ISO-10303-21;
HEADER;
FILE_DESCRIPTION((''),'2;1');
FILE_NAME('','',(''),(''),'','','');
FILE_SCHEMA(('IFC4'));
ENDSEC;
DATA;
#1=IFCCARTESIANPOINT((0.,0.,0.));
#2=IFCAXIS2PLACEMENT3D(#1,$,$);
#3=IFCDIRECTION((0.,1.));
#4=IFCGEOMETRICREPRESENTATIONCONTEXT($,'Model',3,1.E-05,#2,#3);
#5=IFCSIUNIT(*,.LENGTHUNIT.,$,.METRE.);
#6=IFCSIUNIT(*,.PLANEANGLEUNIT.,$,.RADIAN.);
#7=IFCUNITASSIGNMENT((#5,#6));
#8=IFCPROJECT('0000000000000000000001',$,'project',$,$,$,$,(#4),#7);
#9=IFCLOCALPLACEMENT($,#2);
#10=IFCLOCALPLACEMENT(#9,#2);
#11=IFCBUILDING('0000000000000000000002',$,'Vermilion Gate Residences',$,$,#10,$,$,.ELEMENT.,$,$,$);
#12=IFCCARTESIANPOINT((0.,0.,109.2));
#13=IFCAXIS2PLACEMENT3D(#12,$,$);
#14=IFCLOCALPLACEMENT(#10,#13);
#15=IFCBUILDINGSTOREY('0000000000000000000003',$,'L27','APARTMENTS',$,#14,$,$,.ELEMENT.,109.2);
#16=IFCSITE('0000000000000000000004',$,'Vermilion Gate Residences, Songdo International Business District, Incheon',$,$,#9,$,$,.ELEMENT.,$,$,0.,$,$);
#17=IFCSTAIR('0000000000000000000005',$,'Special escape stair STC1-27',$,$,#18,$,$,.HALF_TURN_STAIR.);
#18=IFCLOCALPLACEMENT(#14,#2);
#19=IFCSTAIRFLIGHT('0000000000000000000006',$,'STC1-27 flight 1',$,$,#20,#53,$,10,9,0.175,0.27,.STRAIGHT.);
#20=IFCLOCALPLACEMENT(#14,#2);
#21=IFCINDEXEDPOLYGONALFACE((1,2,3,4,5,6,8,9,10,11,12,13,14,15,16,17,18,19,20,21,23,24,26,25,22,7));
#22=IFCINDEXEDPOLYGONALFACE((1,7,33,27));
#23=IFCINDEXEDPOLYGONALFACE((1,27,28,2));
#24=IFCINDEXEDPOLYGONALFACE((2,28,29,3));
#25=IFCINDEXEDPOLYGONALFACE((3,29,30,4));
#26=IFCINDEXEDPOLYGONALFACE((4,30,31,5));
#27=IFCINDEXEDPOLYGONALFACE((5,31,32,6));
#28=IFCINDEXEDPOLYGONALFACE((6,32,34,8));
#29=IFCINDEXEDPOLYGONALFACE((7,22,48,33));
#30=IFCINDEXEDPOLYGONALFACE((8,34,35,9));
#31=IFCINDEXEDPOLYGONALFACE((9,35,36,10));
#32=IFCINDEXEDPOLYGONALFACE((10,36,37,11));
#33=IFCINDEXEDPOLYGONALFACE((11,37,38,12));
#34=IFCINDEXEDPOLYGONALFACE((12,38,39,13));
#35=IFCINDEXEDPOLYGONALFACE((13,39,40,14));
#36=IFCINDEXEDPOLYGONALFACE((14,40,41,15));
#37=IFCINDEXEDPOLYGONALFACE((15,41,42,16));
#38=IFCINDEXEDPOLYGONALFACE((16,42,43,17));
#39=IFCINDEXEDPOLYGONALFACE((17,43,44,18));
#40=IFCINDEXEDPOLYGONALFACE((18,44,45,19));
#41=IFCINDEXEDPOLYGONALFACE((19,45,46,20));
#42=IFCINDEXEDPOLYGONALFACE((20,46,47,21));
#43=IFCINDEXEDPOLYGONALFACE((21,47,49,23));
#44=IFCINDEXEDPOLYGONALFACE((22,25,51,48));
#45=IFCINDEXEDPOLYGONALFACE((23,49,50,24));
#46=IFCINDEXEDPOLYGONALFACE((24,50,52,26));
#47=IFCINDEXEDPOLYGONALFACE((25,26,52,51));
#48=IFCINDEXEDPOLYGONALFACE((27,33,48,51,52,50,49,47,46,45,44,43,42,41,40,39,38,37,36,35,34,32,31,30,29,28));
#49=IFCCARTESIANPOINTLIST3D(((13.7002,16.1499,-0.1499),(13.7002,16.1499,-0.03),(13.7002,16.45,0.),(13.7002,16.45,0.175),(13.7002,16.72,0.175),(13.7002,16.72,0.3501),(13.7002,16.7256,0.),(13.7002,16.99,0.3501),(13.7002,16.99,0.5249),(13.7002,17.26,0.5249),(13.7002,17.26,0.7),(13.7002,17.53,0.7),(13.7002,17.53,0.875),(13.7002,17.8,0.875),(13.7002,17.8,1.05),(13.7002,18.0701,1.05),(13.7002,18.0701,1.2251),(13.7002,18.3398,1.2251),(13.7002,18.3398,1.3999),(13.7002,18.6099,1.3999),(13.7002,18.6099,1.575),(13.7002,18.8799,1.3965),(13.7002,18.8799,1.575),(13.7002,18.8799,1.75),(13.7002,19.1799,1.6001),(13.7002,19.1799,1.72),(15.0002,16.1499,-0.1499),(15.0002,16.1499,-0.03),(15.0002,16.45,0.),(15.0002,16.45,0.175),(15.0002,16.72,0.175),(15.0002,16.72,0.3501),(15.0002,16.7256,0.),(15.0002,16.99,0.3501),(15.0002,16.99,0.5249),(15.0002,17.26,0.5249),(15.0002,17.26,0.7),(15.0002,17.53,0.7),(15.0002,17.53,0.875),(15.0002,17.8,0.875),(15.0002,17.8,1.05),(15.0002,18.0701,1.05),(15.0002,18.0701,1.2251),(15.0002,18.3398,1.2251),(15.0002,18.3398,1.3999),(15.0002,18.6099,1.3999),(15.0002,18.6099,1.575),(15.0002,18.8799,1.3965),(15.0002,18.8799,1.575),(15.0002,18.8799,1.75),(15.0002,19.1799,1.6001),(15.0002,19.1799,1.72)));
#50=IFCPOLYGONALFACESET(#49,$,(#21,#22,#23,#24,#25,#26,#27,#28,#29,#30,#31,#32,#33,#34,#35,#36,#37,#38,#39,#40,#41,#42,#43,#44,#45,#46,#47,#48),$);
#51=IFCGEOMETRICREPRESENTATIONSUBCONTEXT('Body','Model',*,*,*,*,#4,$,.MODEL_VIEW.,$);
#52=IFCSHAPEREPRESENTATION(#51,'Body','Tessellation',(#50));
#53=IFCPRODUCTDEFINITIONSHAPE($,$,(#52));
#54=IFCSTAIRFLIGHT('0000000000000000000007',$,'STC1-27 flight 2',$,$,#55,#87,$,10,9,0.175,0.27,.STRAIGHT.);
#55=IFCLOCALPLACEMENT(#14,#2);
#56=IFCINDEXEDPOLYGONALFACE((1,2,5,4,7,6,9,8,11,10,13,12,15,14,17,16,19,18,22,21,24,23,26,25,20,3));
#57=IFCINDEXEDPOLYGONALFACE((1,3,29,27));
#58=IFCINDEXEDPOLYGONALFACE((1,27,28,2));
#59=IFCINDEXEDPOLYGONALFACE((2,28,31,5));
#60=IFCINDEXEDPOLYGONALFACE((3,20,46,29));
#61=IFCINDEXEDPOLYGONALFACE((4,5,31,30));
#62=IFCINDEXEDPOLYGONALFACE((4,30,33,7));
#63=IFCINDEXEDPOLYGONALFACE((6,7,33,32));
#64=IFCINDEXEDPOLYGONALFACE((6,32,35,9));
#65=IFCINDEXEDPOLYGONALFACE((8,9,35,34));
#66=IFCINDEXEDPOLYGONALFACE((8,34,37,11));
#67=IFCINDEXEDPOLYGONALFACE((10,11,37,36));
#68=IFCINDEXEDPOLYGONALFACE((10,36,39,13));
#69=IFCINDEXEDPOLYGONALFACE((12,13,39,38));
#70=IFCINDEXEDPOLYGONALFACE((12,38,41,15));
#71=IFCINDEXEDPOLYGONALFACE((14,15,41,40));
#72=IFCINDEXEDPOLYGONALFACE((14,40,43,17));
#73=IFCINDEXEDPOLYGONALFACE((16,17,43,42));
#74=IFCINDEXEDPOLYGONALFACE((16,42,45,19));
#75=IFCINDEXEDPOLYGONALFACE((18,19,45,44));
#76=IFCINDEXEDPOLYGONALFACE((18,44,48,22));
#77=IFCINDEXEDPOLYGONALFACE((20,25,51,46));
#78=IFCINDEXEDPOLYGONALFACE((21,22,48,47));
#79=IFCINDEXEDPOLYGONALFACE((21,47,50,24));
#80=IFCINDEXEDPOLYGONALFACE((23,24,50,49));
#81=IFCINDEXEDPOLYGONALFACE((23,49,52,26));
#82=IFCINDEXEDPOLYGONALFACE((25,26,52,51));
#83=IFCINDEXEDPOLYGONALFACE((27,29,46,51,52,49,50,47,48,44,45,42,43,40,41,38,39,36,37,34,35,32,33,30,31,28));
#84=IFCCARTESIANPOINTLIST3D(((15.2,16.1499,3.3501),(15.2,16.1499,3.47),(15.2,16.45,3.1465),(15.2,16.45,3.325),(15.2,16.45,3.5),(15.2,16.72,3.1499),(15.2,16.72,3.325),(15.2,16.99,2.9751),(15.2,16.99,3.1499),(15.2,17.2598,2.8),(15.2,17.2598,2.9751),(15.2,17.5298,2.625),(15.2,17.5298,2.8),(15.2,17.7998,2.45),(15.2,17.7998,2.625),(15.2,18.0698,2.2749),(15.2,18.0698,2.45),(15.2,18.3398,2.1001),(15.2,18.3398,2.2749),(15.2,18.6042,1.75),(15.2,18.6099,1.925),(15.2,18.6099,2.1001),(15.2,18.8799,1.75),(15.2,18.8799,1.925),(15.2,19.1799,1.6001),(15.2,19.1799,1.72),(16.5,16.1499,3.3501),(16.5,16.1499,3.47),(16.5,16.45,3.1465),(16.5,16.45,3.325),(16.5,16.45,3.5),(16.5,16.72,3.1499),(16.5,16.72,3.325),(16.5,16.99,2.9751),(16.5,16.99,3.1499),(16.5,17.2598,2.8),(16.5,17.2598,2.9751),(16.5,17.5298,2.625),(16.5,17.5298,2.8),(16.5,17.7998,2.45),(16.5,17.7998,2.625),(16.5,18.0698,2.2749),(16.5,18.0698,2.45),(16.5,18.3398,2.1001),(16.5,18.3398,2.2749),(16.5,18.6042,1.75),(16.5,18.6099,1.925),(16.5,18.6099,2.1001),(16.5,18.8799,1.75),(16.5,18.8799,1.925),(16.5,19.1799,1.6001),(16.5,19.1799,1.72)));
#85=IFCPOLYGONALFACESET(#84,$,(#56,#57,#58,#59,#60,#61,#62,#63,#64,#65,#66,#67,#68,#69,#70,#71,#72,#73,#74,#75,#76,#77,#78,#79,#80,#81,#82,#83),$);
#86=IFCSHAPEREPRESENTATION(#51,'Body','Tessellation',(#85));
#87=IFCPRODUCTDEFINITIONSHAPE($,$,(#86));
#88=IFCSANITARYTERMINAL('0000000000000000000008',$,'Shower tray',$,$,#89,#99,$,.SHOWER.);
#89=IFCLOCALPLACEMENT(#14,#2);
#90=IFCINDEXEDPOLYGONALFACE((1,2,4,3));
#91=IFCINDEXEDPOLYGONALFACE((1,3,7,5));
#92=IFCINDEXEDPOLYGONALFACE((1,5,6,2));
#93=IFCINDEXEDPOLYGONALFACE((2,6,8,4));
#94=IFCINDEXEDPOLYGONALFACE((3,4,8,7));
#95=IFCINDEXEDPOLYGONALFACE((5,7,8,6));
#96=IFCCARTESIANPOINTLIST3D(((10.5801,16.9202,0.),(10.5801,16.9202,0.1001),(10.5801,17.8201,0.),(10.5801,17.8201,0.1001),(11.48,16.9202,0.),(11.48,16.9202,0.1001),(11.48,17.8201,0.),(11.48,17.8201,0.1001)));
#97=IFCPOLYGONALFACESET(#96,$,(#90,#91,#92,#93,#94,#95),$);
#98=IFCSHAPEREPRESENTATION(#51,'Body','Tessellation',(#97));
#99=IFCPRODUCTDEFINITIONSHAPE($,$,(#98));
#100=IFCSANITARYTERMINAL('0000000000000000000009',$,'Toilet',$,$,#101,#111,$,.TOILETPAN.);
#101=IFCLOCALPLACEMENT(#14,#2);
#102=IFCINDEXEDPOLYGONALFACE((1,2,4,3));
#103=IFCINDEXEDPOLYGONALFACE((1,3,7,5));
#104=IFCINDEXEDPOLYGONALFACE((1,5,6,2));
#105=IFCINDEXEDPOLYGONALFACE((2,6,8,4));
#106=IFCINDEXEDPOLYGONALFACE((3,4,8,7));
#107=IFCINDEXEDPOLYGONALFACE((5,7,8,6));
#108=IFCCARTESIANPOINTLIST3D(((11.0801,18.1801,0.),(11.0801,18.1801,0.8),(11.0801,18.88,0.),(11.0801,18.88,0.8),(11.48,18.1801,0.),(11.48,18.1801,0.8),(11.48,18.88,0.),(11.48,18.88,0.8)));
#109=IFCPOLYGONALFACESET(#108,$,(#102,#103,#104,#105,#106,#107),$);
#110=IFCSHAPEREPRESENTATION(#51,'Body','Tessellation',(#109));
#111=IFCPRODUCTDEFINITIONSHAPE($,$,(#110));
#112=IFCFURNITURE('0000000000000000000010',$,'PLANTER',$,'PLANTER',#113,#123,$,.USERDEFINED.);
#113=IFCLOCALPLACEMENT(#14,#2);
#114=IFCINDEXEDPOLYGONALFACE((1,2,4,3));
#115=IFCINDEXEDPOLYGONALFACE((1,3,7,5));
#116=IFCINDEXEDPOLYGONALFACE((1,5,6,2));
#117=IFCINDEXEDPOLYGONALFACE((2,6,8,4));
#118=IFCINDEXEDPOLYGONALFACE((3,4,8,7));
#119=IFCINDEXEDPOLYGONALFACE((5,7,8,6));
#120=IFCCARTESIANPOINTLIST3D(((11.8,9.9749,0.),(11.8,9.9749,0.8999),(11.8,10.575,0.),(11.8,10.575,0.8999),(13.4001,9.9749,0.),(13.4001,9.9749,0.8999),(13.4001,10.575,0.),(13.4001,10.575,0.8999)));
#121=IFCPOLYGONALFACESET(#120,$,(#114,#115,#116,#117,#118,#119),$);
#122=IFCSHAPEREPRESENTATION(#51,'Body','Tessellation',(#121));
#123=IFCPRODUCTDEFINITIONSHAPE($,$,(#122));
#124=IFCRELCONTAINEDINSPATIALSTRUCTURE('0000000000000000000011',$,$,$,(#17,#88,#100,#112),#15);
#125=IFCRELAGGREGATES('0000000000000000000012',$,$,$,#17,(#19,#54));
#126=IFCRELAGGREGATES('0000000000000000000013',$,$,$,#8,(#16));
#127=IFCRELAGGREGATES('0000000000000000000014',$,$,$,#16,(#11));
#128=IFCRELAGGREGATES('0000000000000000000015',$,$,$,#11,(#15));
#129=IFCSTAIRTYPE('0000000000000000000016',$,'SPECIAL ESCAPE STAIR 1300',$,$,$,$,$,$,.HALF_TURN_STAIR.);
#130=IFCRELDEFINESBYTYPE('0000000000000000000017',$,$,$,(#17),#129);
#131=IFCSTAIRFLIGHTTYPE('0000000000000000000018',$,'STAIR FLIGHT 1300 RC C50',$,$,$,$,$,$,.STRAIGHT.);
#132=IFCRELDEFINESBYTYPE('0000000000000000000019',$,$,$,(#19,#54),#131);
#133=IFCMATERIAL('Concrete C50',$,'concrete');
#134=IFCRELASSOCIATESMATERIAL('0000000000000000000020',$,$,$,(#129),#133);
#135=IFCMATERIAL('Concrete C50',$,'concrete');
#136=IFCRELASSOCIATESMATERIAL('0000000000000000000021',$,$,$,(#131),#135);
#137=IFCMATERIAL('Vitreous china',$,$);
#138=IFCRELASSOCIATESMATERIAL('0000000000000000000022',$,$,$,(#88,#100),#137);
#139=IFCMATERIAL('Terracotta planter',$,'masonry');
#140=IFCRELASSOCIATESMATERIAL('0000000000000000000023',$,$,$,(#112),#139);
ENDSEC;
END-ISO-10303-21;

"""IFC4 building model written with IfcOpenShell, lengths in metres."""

from ifc_helpers import new_model, si_unit, direction, frame, origin, origin_2d, place, context, subcontext, project, spatial, polyline, rectangle, outline, extrude, material, type_object, element, aggregate, save


model = new_model("IFC4")

# Units and contexts
model_context = context("Model", 3, precision=1e-05, world=origin(), true_north=direction((0.0, 1.0)))
body_context = subcontext(model_context, "Body", "Model", "MODEL_VIEW")
ifc_project = project(units=[si_unit("LENGTHUNIT", "METRE"), si_unit("PLANEANGLEUNIT", "RADIAN")], contexts=[model_context])

# Site, building, storey
site_placement = place(None, origin())
site = spatial("IfcSite", under=ifc_project, at=site_placement, Name="Vermilion Gate Residences, Songdo International Business District, Incheon", CompositionType="ELEMENT", RefElevation=0.0)
building_placement = place(site_placement, origin())
building = spatial("IfcBuilding", under=site, at=building_placement, Name="Vermilion Gate Residences", CompositionType="ELEMENT")
storey_placement = place(building_placement, frame((0.0, 0.0, 109.2)))
storey = spatial("IfcBuildingStorey", under=building, at=storey_placement, Name="L27", Description="APARTMENTS", CompositionType="ELEMENT", Elevation=109.2)

# Stair, stair flights
ifc_material_1 = material(Name="Concrete C50", Category="concrete")
stair_type = type_object("IfcStairType", Name="SPECIAL ESCAPE STAIR 1300", PredefinedType="HALF_TURN_STAIR", material=ifc_material_1)
stair_placement = place(storey_placement, origin())
stair = element("IfcStair", 1, at=stair_placement, inside=storey, type_object=stair_type, Name="Special escape stair STC1-27", PredefinedType="HALF_TURN_STAIR")
ifc_material_2 = material(Name="Concrete C50", Category="concrete")
stair_flight_type = type_object("IfcStairFlightType", Name="STAIR FLIGHT 1300 RC C50", PredefinedType="STRAIGHT", material=ifc_material_2)
stair_flight_1_placement = place(storey_placement, frame((14.3501, 16.45, 0.0), z_axis=(0.0, 0.0, 1.0), x_axis=(0.0, 1.0, 0.0)))
stair_flight_1 = element("IfcStairFlight", 2, at=stair_flight_1_placement, type_object=stair_flight_type, Name="STC1-27 flight 1", NumberOfRisers=10, NumberOfTreads=9, PredefinedType="STRAIGHT", RiserHeight=0.175, TreadLength=0.27, context=body_context, shape_type="SweptSolid", body=[
    extrude(outline(polyline([(-0.3, -0.1499), (-0.3, -0.03), (0.0, 0.0), (0.0, 0.175), (0.27, 0.175), (0.27, 0.3501), (0.54, 0.3501), (0.54, 0.5249), (0.8101, 0.5249), (0.8101, 0.7), (1.0801, 0.7), (1.0801, 0.875), (1.3501, 0.875), (1.3501, 1.05), (1.6201, 1.05), (1.6201, 1.2251), (1.8899, 1.2251), (1.8899, 1.3999), (2.1599, 1.3999), (2.1599, 1.575), (2.4299, 1.575), (2.4299, 1.75), (2.73, 1.72), (2.73, 1.6001), (2.4299, 1.3965), (0.2756, 0.0), (-0.3, -0.1499)])), frame((0.0, 0.6499, 0.0), z_axis=(0.0, -1.0, 0.0), x_axis=(1.0, 0.0, 0.0)), (0.0, 0.0, 1.0), 1.3),
])
stair_flight_2_placement = place(storey_placement, frame((15.8501, 18.8799, 1.75), z_axis=(0.0, 0.0, 1.0), x_axis=(0.0, -1.0, 0.0)))
stair_flight_2 = element("IfcStairFlight", 3, at=stair_flight_2_placement, type_object=stair_flight_type, Name="STC1-27 flight 2", NumberOfRisers=10, NumberOfTreads=9, PredefinedType="STRAIGHT", RiserHeight=0.175, TreadLength=0.27, context=body_context, shape_type="SweptSolid", body=[
    extrude(outline(polyline([(-0.3, -0.1499), (-0.3, -0.03), (0.0, 0.0), (0.0, 0.175), (0.27, 0.175), (0.27, 0.3501), (0.54, 0.3501), (0.54, 0.5249), (0.8101, 0.5249), (0.8101, 0.7), (1.0801, 0.7), (1.0801, 0.875), (1.3501, 0.875), (1.3501, 1.05), (1.6201, 1.05), (1.6201, 1.2251), (1.8899, 1.2251), (1.8899, 1.3999), (2.1599, 1.3999), (2.1599, 1.575), (2.4299, 1.575), (2.4299, 1.75), (2.73, 1.72), (2.73, 1.6001), (2.4299, 1.3965), (0.2756, 0.0), (-0.3, -0.1499)])), frame((0.0, 0.6499, 0.0), z_axis=(0.0, -1.0, 0.0), x_axis=(1.0, 0.0, 0.0)), (0.0, 0.0, 1.0), 1.3),
])
aggregate(stair, [stair_flight_1, stair_flight_2])

# Sanitary terminals
ifc_material_3 = material(Name="Vitreous china")
sanitary_terminal_1_placement = place(storey_placement, frame((11.03, 17.3701, 0.0), z_axis=(0.0, 0.0, 1.0), x_axis=(1.0, 0.0, 0.0)))
element("IfcSanitaryTerminal", 4, at=sanitary_terminal_1_placement, inside=storey, material=ifc_material_3, Name="Shower tray", PredefinedType="SHOWER", context=body_context, shape_type="SweptSolid", body=[
    extrude(rectangle(XDim=0.8999, YDim=0.8999, at=origin_2d()), origin(), (0.0, 0.0, 1.0), 0.1001),
])
sanitary_terminal_2_placement = place(storey_placement, frame((11.28, 18.53, 0.0), z_axis=(0.0, 0.0, 1.0), x_axis=(1.0, 0.0, 0.0)))
element("IfcSanitaryTerminal", 5, at=sanitary_terminal_2_placement, inside=storey, material=ifc_material_3, Name="Toilet", PredefinedType="TOILETPAN", context=body_context, shape_type="SweptSolid", body=[
    extrude(rectangle(XDim=0.3999, YDim=0.7, at=origin_2d()), origin(), (0.0, 0.0, 1.0), 0.8),
])

# Furniture
ifc_material_4 = material(Name="Terracotta planter", Category="masonry")
furniture_placement = place(storey_placement, frame((12.6001, 10.2749, 0.0), z_axis=(0.0, 0.0, 1.0), x_axis=(1.0, 0.0, 0.0)))
element("IfcFurniture", 6, at=furniture_placement, inside=storey, material=ifc_material_4, Name="PLANTER", ObjectType="PLANTER", PredefinedType="USERDEFINED", context=body_context, shape_type="SweptSolid", body=[
    extrude(rectangle(XDim=1.6001, YDim=0.6001, at=origin_2d()), origin(), (0.0, 0.0, 1.0), 0.8999),
])

save(model, "model.ifc")
